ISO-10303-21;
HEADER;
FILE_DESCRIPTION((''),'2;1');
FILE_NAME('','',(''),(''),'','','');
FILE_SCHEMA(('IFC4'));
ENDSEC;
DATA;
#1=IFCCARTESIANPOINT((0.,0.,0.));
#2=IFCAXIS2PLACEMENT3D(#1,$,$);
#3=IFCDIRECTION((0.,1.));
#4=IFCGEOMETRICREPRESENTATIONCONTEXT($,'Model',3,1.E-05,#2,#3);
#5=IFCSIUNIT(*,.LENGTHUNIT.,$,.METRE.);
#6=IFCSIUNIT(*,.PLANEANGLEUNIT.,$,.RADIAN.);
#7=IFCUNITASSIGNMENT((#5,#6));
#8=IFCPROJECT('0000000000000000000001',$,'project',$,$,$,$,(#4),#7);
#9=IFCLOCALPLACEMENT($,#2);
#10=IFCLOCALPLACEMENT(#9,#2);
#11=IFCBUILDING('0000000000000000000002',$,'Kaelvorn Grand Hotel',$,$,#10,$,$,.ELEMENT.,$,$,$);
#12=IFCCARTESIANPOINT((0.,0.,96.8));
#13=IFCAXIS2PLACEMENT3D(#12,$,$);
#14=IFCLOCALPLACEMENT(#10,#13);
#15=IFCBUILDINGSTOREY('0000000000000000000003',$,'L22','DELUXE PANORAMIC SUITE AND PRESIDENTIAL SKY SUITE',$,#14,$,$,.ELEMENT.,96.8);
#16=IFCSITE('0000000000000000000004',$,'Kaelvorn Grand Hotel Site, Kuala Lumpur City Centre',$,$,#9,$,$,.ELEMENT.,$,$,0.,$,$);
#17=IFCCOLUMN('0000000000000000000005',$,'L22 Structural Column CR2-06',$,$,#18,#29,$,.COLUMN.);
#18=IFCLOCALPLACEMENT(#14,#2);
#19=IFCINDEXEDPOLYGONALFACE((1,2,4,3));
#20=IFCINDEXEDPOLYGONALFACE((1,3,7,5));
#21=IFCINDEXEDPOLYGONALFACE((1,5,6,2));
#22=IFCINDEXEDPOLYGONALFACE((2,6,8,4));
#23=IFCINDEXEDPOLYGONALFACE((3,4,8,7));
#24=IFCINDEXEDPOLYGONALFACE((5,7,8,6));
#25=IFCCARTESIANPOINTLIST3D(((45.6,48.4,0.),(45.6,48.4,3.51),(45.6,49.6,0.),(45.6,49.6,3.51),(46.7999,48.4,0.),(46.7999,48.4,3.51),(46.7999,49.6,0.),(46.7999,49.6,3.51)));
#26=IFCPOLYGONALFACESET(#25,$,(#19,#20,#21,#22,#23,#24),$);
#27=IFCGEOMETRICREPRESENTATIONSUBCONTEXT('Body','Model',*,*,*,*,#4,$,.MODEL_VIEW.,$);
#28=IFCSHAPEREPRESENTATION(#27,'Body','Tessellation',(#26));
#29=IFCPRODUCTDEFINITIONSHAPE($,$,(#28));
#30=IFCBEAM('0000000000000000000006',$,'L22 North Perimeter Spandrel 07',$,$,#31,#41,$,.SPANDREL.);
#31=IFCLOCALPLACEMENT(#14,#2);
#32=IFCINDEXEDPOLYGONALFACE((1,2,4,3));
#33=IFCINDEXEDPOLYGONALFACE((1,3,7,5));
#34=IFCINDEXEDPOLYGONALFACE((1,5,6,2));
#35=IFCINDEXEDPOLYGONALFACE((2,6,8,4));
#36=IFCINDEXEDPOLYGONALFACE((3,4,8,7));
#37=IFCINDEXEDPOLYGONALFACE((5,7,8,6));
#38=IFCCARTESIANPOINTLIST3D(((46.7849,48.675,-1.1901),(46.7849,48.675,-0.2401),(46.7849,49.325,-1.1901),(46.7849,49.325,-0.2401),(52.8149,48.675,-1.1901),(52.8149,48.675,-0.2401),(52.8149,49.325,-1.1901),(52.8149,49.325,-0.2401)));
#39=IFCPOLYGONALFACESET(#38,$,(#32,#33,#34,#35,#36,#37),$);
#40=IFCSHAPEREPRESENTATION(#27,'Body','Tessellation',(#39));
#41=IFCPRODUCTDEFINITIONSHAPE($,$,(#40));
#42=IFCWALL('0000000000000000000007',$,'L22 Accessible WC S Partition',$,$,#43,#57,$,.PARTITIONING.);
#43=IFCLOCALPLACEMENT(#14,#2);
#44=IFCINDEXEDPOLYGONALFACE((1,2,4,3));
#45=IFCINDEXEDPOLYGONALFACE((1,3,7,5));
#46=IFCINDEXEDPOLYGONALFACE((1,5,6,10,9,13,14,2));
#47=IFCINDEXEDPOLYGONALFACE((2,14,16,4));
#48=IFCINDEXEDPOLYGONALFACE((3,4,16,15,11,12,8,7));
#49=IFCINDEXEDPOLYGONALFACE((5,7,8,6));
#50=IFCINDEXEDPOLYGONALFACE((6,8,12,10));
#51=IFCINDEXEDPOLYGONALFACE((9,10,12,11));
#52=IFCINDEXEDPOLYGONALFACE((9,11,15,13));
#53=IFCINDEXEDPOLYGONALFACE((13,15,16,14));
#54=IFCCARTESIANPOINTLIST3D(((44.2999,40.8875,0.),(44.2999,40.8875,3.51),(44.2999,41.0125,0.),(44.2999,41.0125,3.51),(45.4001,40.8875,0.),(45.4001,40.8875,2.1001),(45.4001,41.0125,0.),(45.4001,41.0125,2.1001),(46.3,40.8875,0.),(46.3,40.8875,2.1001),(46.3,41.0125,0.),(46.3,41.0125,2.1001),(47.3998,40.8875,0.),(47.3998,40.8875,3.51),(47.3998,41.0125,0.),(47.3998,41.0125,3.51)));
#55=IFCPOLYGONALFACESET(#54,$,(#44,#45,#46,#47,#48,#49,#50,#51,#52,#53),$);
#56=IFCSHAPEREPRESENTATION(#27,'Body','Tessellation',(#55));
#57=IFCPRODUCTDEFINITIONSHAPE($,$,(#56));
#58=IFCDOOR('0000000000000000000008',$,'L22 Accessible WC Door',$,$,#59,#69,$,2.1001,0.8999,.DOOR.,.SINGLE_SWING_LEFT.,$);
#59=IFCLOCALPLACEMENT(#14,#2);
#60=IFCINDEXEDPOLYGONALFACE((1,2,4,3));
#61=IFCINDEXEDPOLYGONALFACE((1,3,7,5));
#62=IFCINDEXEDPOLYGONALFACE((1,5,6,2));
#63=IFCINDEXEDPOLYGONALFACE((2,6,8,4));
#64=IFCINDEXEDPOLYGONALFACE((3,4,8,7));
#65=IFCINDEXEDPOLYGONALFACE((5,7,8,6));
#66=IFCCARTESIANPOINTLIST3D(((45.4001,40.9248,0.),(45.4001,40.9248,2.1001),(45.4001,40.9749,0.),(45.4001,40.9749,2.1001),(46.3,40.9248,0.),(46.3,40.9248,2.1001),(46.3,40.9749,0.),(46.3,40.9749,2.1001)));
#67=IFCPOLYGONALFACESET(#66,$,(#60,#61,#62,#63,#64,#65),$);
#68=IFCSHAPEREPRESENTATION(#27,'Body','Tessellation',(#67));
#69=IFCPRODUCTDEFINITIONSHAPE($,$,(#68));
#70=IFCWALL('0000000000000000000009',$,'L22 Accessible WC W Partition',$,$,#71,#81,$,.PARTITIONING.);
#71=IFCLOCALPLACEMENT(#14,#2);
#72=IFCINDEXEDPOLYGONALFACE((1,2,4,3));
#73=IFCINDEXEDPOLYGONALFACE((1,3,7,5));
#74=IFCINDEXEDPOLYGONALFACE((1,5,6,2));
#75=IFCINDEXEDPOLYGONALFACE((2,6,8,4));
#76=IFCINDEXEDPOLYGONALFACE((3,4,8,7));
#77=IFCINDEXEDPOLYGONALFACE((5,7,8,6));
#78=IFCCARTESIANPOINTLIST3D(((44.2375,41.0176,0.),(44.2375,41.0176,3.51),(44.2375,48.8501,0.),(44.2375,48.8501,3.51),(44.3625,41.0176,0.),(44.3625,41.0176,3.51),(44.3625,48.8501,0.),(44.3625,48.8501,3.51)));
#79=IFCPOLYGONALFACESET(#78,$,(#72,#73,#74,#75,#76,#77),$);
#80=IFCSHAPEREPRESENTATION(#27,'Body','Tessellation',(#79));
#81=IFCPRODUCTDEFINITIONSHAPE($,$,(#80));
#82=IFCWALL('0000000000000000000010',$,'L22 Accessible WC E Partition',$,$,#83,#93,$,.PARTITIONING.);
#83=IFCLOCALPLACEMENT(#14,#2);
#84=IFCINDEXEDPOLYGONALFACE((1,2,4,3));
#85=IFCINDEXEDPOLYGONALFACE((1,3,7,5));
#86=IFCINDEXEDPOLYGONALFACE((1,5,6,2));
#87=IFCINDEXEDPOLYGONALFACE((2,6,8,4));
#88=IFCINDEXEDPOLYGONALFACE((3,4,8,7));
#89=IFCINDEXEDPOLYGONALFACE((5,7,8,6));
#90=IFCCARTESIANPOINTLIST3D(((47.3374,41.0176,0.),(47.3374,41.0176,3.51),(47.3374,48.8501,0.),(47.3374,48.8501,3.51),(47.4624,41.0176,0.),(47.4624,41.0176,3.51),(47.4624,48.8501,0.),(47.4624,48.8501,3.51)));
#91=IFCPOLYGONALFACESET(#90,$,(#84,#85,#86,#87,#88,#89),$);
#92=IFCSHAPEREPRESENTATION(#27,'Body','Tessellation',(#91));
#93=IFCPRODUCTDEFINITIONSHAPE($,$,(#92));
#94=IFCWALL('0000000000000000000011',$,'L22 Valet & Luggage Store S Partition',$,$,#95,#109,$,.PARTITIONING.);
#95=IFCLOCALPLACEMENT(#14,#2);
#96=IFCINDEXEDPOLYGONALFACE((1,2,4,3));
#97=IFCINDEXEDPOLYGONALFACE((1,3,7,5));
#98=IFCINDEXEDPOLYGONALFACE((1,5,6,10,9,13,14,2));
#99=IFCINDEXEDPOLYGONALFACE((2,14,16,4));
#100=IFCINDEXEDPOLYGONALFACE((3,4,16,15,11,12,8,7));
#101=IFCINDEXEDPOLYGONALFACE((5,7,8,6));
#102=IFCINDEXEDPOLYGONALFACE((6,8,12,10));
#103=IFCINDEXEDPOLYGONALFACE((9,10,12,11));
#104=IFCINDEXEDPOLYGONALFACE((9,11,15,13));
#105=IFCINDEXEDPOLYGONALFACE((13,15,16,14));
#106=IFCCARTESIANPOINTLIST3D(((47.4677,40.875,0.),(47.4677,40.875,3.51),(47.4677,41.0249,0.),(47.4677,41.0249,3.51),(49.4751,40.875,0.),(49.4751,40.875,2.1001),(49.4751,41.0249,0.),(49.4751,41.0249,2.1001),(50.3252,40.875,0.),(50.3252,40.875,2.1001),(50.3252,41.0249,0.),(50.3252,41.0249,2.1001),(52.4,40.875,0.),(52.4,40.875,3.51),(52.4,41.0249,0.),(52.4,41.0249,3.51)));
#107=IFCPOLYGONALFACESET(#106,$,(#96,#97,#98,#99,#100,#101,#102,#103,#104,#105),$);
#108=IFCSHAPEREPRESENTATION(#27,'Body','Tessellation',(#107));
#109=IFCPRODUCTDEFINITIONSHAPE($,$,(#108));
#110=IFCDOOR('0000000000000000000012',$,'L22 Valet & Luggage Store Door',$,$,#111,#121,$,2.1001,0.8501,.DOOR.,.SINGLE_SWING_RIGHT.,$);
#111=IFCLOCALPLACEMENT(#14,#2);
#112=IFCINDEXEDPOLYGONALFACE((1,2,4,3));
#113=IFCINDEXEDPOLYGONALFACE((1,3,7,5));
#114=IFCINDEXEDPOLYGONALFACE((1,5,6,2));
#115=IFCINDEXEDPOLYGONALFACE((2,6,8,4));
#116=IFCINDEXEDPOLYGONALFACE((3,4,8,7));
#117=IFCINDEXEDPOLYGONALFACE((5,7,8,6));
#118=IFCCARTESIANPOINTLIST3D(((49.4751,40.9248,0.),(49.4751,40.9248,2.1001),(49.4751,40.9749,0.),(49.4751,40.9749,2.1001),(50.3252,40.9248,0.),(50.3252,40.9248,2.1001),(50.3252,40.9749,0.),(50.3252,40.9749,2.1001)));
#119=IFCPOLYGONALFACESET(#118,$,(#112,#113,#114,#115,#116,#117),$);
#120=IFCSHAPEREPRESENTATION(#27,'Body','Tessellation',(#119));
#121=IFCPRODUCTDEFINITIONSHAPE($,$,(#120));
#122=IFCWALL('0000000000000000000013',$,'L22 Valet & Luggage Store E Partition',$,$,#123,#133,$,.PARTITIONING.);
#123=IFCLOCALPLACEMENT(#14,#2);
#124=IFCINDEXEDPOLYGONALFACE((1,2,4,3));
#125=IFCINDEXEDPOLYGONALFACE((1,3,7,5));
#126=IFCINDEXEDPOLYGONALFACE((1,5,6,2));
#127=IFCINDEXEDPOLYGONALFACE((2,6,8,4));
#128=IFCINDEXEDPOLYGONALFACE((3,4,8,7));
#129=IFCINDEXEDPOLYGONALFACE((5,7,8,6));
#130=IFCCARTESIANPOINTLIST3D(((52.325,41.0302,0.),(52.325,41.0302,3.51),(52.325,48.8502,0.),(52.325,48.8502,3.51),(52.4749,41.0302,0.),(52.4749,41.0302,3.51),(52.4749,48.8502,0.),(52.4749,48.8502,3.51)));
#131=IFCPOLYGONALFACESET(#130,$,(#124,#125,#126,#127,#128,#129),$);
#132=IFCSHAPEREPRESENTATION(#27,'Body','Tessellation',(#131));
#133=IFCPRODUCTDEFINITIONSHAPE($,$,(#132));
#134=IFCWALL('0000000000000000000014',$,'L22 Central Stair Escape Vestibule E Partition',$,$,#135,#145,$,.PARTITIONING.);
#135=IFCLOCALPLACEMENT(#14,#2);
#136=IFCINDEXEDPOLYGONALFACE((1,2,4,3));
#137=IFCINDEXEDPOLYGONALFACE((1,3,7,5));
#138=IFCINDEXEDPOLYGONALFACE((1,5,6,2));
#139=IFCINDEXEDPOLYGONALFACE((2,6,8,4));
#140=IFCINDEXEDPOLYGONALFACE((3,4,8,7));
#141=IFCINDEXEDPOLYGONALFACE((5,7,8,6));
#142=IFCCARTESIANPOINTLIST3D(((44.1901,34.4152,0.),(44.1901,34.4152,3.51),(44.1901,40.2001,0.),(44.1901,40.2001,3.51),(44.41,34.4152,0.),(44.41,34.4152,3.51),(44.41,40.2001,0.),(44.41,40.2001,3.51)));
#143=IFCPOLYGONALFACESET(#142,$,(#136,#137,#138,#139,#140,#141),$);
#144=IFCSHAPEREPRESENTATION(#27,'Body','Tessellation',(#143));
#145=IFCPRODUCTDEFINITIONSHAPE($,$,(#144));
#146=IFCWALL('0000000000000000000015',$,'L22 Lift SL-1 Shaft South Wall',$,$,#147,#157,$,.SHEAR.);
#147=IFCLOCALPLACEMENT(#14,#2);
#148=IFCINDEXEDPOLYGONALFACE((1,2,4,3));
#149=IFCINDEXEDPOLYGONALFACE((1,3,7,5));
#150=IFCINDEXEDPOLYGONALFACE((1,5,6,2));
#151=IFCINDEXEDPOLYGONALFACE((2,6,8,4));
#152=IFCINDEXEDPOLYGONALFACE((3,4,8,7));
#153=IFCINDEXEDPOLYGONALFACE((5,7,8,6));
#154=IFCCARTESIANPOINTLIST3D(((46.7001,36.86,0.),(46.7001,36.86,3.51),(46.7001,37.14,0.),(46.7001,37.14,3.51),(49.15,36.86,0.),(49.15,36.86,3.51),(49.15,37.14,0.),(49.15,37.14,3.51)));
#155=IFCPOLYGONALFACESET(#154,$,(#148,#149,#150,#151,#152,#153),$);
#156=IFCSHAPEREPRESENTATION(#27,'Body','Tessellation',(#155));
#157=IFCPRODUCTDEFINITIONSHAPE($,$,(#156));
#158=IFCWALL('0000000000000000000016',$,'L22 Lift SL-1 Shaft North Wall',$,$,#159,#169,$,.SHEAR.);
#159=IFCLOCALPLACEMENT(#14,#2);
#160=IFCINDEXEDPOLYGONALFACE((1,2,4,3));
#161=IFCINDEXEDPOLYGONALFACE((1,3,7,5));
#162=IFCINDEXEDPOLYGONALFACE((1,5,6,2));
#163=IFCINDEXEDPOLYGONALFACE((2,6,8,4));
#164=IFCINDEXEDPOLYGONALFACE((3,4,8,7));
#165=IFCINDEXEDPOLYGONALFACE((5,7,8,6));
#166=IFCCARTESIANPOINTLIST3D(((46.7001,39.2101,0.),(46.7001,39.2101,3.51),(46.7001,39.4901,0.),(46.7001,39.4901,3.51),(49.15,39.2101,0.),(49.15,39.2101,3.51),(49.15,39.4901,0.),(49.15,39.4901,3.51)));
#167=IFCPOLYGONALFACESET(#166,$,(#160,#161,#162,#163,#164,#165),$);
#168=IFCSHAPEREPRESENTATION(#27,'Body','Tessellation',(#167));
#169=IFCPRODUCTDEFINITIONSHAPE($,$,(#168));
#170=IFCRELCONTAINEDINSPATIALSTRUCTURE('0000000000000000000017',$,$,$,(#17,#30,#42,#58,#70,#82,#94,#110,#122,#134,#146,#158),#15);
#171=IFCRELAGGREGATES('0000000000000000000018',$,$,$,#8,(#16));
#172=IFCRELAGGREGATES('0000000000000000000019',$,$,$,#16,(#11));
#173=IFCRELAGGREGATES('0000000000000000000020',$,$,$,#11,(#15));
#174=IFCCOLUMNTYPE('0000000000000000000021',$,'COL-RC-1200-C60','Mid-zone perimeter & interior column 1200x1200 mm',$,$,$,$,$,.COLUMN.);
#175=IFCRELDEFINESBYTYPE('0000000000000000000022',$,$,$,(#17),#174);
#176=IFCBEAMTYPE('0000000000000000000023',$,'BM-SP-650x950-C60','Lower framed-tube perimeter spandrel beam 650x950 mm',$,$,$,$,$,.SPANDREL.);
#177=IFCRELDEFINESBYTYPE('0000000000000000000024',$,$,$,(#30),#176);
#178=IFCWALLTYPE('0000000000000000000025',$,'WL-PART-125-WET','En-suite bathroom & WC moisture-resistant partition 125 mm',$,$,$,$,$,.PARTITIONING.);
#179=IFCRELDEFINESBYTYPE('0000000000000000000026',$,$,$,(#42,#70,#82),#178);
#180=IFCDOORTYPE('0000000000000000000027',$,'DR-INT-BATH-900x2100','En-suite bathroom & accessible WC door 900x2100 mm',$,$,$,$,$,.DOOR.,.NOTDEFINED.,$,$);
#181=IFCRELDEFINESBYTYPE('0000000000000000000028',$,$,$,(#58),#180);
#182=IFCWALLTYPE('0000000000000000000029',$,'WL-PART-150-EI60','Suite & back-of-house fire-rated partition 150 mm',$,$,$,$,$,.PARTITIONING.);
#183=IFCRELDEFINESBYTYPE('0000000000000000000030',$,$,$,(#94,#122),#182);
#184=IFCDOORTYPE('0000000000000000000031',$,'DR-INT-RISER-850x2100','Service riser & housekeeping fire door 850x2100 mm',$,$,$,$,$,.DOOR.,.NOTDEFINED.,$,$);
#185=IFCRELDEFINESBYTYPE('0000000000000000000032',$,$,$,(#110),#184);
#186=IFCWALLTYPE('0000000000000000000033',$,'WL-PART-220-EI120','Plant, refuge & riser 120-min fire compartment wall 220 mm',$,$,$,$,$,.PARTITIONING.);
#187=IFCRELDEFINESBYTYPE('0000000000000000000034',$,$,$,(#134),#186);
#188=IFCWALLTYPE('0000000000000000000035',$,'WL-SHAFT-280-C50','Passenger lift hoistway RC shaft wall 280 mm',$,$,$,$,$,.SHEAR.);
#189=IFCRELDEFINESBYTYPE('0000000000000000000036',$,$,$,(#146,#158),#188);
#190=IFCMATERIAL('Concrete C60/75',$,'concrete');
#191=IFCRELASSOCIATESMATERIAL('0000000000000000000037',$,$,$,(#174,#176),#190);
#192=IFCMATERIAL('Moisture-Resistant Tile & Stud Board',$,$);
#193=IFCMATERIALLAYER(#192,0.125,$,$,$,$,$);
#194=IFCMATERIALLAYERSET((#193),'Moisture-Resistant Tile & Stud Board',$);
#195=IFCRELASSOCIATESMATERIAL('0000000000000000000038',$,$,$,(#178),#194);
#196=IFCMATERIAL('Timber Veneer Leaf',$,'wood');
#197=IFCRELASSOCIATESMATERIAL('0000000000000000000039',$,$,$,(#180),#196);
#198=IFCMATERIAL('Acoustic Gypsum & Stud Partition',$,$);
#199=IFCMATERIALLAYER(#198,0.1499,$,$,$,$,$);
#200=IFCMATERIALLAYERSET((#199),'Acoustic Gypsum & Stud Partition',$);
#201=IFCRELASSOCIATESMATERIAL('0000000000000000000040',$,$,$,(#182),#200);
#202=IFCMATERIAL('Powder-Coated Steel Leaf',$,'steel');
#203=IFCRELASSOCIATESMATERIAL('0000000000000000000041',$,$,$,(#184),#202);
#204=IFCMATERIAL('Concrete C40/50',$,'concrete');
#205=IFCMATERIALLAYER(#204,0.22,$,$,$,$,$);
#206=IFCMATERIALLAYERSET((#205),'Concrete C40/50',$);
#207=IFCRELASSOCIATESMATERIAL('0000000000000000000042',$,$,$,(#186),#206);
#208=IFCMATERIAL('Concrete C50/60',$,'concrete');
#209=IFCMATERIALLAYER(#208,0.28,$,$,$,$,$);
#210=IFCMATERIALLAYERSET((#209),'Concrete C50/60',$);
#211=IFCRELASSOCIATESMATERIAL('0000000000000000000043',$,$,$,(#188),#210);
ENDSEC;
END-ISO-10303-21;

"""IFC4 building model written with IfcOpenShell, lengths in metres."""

from ifc_helpers import new_model, si_unit, direction, frame, frame_2d, origin, origin_2d, place, context, subcontext, project, spatial, rectangle, extrude, material, layer, layer_set, material_profile, profile_set, type_object, element, fill, save


model = new_model("IFC4")

# Units and contexts
model_context = context("Model", 3, precision=1e-05, world=origin(), true_north=direction((0.0, 1.0)))
body_context = subcontext(model_context, "Body", "Model", "MODEL_VIEW")
ifc_project = project(units=[si_unit("LENGTHUNIT", "METRE"), si_unit("PLANEANGLEUNIT", "RADIAN")], contexts=[model_context])

# Site, building, storey
site_placement = place(None, origin())
site = spatial("IfcSite", under=ifc_project, at=site_placement, Name="Kaelvorn Grand Hotel Site, Kuala Lumpur City Centre", CompositionType="ELEMENT", RefElevation=0.0)
building_placement = place(site_placement, origin())
building = spatial("IfcBuilding", under=site, at=building_placement, Name="Kaelvorn Grand Hotel", CompositionType="ELEMENT")
storey_placement = place(building_placement, frame((0.0, 0.0, 96.8)))
storey = spatial("IfcBuildingStorey", under=building, at=storey_placement, Name="L22", Description="DELUXE PANORAMIC SUITE AND PRESIDENTIAL SKY SUITE", CompositionType="ELEMENT", Elevation=96.8)

# Column
ifc_material_1 = material(Name="Concrete C60/75", Category="concrete")
ifc_material_profile_1 = material_profile(ifc_material_1, rectangle(XDim=1.2, YDim=1.2, at=origin_2d()), Name="RC COL 1200x1200")
ifc_profile_set_1 = profile_set([ifc_material_profile_1], Name="Concrete C60/75")
column_type = type_object("IfcColumnType", Name="COL-RC-1200-C60", Description="Mid-zone perimeter & interior column 1200x1200 mm", PredefinedType="COLUMN", material=ifc_profile_set_1)
column_placement = place(storey_placement, frame((46.2, 49.0, 0.0), z_axis=(0.0, 0.0, 1.0), x_axis=(1.0, 0.0, 0.0)))
element("IfcColumn", 1, at=column_placement, inside=storey, type_object=column_type, Name="L22 Structural Column CR2-06", PredefinedType="COLUMN", context=body_context, shape_type="SweptSolid", body=[
    extrude(rectangle(XDim=1.2, YDim=1.2, at=origin_2d()), origin(), (0.0, 0.0, 1.0), 3.51),
])

# Beam
ifc_material_profile_2 = material_profile(ifc_material_1, rectangle(XDim=0.6499, YDim=0.95, at=origin_2d()), Name="RC SPANDREL 650x950")
ifc_profile_set_2 = profile_set([ifc_material_profile_2], Name="Concrete C60/75")
beam_type = type_object("IfcBeamType", Name="BM-SP-650x950-C60", Description="Lower framed-tube perimeter spandrel beam 650x950 mm", PredefinedType="SPANDREL", material=ifc_profile_set_2)
beam_placement = place(storey_placement, frame((46.7849, 49.0, -0.7151), z_axis=(1.0, 0.0, 0.0), x_axis=(0.0, 1.0, 0.0)))
element("IfcBeam", 2, at=beam_placement, inside=storey, type_object=beam_type, Name="L22 North Perimeter Spandrel 07", PredefinedType="SPANDREL", context=body_context, shape_type="SweptSolid", body=[
    extrude(rectangle(XDim=0.6499, YDim=0.95, at=origin_2d()), origin(), (0.0, 0.0, 1.0), 6.03),
])

# Wall, opening, door
ifc_material_2 = material(Name="Moisture-Resistant Tile & Stud Board")
ifc_layer_1 = layer(ifc_material_2, 0.125)
ifc_layer_set_1 = layer_set([ifc_layer_1], Name="Moisture-Resistant Tile & Stud Board")
wall_type_1 = type_object("IfcWallType", Name="WL-PART-125-WET", Description="En-suite bathroom & WC moisture-resistant partition 125 mm", PredefinedType="PARTITIONING", material=ifc_layer_set_1)
wall_1_placement = place(storey_placement, frame((44.3, 40.95, 0.0), z_axis=(0.0, 0.0, 1.0), x_axis=(1.0, 0.0, 0.0)))
wall_1 = element("IfcWall", 3, at=wall_1_placement, inside=storey, type_object=wall_type_1, Name="L22 Accessible WC S Partition", PredefinedType="PARTITIONING", context=body_context, shape_type="SweptSolid", body=[
    extrude(rectangle(XDim=3.0999, YDim=0.125, at=frame_2d((1.5498, 0.0))), origin(), (0.0, 0.0, 1.0), 3.51),
])
opening_1_placement = place(wall_1_placement, frame((1.1001, 0.0, 0.0)))
opening_1 = element("IfcOpeningElement", 4, at=opening_1_placement, cuts=wall_1, PredefinedType="OPENING", context=body_context, shape_type="SweptSolid", body=[
    extrude(rectangle(XDim=0.8999, YDim=2.1001, at=frame_2d((0.45, 1.05))), frame((0.0, 0.0725, 0.0), z_axis=(0.0, -1.0, 0.0), x_axis=(1.0, 0.0, 0.0)), (0.0, 0.0, 1.0), 0.145),
])
ifc_material_3 = material(Name="Timber Veneer Leaf", Category="wood")
door_type_1 = type_object("IfcDoorType", Name="DR-INT-BATH-900x2100", Description="En-suite bathroom & accessible WC door 900x2100 mm", OperationType="NOTDEFINED", PredefinedType="DOOR", material=ifc_material_3)
door_1_placement = place(opening_1_placement, origin())
door_1 = element("IfcDoor", 5, at=door_1_placement, inside=storey, type_object=door_type_1, Name="L22 Accessible WC Door", OperationType="SINGLE_SWING_LEFT", OverallHeight=2.1001, OverallWidth=0.8999, PredefinedType="DOOR", context=body_context, shape_type="SweptSolid", body=[
    extrude(rectangle(XDim=0.8999, YDim=2.1001, at=frame_2d((0.45, 1.05))), frame((0.0, 0.0249, 0.0), z_axis=(0.0, -1.0, 0.0), x_axis=(1.0, 0.0, 0.0)), (0.0, 0.0, 1.0), 0.05),
])
fill(opening_1, door_1)

# Walls
for number, where, z_axis, x_axis, name in (
    (6, (44.3, 41.0176, 0.0), (0.0, 0.0, 1.0), (0.0, 1.0, 0.0), "L22 Accessible WC W Partition"),
    (7, (47.3999, 41.0176, 0.0), (0.0, 0.0, 1.0), (0.0, 1.0, 0.0), "L22 Accessible WC E Partition"),
):
    element("IfcWall", number, at=place(storey_placement, frame(where, z_axis=z_axis, x_axis=x_axis)), inside=storey, type_object=wall_type_1, Name=name, PredefinedType="PARTITIONING", context=body_context, shape_type="SweptSolid", body=[
        extrude(rectangle(XDim=7.8325, YDim=0.125, at=frame_2d((3.9163, 0.0))), origin(), (0.0, 0.0, 1.0), 3.51),
    ])

# Wall, opening, door
ifc_material_4 = material(Name="Acoustic Gypsum & Stud Partition")
ifc_layer_2 = layer(ifc_material_4, 0.1499)
ifc_layer_set_2 = layer_set([ifc_layer_2], Name="Acoustic Gypsum & Stud Partition")
wall_type_2 = type_object("IfcWallType", Name="WL-PART-150-EI60", Description="Suite & back-of-house fire-rated partition 150 mm", PredefinedType="PARTITIONING", material=ifc_layer_set_2)
wall_2_placement = place(storey_placement, frame((47.4675, 40.95, 0.0), z_axis=(0.0, 0.0, 1.0), x_axis=(1.0, 0.0, 0.0)))
wall_2 = element("IfcWall", 8, at=wall_2_placement, inside=storey, type_object=wall_type_2, Name="L22 Valet & Luggage Store S Partition", PredefinedType="PARTITIONING", context=body_context, shape_type="SweptSolid", body=[
    extrude(rectangle(XDim=4.9324, YDim=0.1499, at=frame_2d((2.4663, 0.0))), origin(), (0.0, 0.0, 1.0), 3.51),
])
opening_2_placement = place(wall_2_placement, frame((2.0076, 0.0, 0.0)))
opening_2 = element("IfcOpeningElement", 9, at=opening_2_placement, cuts=wall_2, PredefinedType="OPENING", context=body_context, shape_type="SweptSolid", body=[
    extrude(rectangle(XDim=0.8501, YDim=2.1001, at=frame_2d((0.425, 1.05))), frame((0.0, 0.085, 0.0), z_axis=(0.0, -1.0, 0.0), x_axis=(1.0, 0.0, 0.0)), (0.0, 0.0, 1.0), 0.1699),
])
ifc_material_5 = material(Name="Powder-Coated Steel Leaf", Category="steel")
door_type_2 = type_object("IfcDoorType", Name="DR-INT-RISER-850x2100", Description="Service riser & housekeeping fire door 850x2100 mm", OperationType="NOTDEFINED", PredefinedType="DOOR", material=ifc_material_5)
door_2_placement = place(opening_2_placement, origin())
door_2 = element("IfcDoor", 10, at=door_2_placement, inside=storey, type_object=door_type_2, Name="L22 Valet & Luggage Store Door", OperationType="SINGLE_SWING_RIGHT", OverallHeight=2.1001, OverallWidth=0.8501, PredefinedType="DOOR", context=body_context, shape_type="SweptSolid", body=[
    extrude(rectangle(XDim=0.8501, YDim=2.1001, at=frame_2d((0.425, 1.05))), frame((0.0, 0.0249, 0.0), z_axis=(0.0, -1.0, 0.0), x_axis=(1.0, 0.0, 0.0)), (0.0, 0.0, 1.0), 0.05),
])
fill(opening_2, door_2)

# Walls
wall_3_placement = place(storey_placement, frame((52.3999, 41.03, 0.0), z_axis=(0.0, 0.0, 1.0), x_axis=(0.0, 1.0, 0.0)))
element("IfcWall", 11, at=wall_3_placement, inside=storey, type_object=wall_type_2, Name="L22 Valet & Luggage Store E Partition", PredefinedType="PARTITIONING", context=body_context, shape_type="SweptSolid", body=[
    extrude(rectangle(XDim=7.8201, YDim=0.1499, at=frame_2d((3.9102, 0.0))), origin(), (0.0, 0.0, 1.0), 3.51),
])
ifc_material_6 = material(Name="Concrete C40/50", Category="concrete")
ifc_layer_3 = layer(ifc_material_6, 0.22)
ifc_layer_set_3 = layer_set([ifc_layer_3], Name="Concrete C40/50")
wall_type_3 = type_object("IfcWallType", Name="WL-PART-220-EI120", Description="Plant, refuge & riser 120-min fire compartment wall 220 mm", PredefinedType="PARTITIONING", material=ifc_layer_set_3)
wall_4_placement = place(storey_placement, frame((44.3, 34.415, 0.0), z_axis=(0.0, 0.0, 1.0), x_axis=(0.0, 1.0, 0.0)))
element("IfcWall", 12, at=wall_4_placement, inside=storey, type_object=wall_type_3, Name="L22 Central Stair Escape Vestibule E Partition", PredefinedType="PARTITIONING", context=body_context, shape_type="SweptSolid", body=[
    extrude(rectangle(XDim=5.7849, YDim=0.22, at=frame_2d((2.8926, 0.0))), origin(), (0.0, 0.0, 1.0), 3.51),
])
ifc_material_7 = material(Name="Concrete C50/60", Category="concrete")
ifc_layer_4 = layer(ifc_material_7, 0.28)
ifc_layer_set_4 = layer_set([ifc_layer_4], Name="Concrete C50/60")
wall_type_4 = type_object("IfcWallType", Name="WL-SHAFT-280-C50", Description="Passenger lift hoistway RC shaft wall 280 mm", PredefinedType="SHEAR", material=ifc_layer_set_4)
for number, where, z_axis, x_axis, name in (
    (13, (46.7, 37.0, 0.0), (0.0, 0.0, 1.0), (1.0, 0.0, 0.0), "L22 Lift SL-1 Shaft South Wall"),
    (14, (46.7, 39.3501, 0.0), (0.0, 0.0, 1.0), (1.0, 0.0, 0.0), "L22 Lift SL-1 Shaft North Wall"),
):
    element("IfcWall", number, at=place(storey_placement, frame(where, z_axis=z_axis, x_axis=x_axis)), inside=storey, type_object=wall_type_4, Name=name, PredefinedType="SHEAR", context=body_context, shape_type="SweptSolid", body=[
        extrude(rectangle(XDim=2.45, YDim=0.28, at=frame_2d((1.2251, 0.0))), origin(), (0.0, 0.0, 1.0), 3.51),
    ])

save(model, "model.ifc")
